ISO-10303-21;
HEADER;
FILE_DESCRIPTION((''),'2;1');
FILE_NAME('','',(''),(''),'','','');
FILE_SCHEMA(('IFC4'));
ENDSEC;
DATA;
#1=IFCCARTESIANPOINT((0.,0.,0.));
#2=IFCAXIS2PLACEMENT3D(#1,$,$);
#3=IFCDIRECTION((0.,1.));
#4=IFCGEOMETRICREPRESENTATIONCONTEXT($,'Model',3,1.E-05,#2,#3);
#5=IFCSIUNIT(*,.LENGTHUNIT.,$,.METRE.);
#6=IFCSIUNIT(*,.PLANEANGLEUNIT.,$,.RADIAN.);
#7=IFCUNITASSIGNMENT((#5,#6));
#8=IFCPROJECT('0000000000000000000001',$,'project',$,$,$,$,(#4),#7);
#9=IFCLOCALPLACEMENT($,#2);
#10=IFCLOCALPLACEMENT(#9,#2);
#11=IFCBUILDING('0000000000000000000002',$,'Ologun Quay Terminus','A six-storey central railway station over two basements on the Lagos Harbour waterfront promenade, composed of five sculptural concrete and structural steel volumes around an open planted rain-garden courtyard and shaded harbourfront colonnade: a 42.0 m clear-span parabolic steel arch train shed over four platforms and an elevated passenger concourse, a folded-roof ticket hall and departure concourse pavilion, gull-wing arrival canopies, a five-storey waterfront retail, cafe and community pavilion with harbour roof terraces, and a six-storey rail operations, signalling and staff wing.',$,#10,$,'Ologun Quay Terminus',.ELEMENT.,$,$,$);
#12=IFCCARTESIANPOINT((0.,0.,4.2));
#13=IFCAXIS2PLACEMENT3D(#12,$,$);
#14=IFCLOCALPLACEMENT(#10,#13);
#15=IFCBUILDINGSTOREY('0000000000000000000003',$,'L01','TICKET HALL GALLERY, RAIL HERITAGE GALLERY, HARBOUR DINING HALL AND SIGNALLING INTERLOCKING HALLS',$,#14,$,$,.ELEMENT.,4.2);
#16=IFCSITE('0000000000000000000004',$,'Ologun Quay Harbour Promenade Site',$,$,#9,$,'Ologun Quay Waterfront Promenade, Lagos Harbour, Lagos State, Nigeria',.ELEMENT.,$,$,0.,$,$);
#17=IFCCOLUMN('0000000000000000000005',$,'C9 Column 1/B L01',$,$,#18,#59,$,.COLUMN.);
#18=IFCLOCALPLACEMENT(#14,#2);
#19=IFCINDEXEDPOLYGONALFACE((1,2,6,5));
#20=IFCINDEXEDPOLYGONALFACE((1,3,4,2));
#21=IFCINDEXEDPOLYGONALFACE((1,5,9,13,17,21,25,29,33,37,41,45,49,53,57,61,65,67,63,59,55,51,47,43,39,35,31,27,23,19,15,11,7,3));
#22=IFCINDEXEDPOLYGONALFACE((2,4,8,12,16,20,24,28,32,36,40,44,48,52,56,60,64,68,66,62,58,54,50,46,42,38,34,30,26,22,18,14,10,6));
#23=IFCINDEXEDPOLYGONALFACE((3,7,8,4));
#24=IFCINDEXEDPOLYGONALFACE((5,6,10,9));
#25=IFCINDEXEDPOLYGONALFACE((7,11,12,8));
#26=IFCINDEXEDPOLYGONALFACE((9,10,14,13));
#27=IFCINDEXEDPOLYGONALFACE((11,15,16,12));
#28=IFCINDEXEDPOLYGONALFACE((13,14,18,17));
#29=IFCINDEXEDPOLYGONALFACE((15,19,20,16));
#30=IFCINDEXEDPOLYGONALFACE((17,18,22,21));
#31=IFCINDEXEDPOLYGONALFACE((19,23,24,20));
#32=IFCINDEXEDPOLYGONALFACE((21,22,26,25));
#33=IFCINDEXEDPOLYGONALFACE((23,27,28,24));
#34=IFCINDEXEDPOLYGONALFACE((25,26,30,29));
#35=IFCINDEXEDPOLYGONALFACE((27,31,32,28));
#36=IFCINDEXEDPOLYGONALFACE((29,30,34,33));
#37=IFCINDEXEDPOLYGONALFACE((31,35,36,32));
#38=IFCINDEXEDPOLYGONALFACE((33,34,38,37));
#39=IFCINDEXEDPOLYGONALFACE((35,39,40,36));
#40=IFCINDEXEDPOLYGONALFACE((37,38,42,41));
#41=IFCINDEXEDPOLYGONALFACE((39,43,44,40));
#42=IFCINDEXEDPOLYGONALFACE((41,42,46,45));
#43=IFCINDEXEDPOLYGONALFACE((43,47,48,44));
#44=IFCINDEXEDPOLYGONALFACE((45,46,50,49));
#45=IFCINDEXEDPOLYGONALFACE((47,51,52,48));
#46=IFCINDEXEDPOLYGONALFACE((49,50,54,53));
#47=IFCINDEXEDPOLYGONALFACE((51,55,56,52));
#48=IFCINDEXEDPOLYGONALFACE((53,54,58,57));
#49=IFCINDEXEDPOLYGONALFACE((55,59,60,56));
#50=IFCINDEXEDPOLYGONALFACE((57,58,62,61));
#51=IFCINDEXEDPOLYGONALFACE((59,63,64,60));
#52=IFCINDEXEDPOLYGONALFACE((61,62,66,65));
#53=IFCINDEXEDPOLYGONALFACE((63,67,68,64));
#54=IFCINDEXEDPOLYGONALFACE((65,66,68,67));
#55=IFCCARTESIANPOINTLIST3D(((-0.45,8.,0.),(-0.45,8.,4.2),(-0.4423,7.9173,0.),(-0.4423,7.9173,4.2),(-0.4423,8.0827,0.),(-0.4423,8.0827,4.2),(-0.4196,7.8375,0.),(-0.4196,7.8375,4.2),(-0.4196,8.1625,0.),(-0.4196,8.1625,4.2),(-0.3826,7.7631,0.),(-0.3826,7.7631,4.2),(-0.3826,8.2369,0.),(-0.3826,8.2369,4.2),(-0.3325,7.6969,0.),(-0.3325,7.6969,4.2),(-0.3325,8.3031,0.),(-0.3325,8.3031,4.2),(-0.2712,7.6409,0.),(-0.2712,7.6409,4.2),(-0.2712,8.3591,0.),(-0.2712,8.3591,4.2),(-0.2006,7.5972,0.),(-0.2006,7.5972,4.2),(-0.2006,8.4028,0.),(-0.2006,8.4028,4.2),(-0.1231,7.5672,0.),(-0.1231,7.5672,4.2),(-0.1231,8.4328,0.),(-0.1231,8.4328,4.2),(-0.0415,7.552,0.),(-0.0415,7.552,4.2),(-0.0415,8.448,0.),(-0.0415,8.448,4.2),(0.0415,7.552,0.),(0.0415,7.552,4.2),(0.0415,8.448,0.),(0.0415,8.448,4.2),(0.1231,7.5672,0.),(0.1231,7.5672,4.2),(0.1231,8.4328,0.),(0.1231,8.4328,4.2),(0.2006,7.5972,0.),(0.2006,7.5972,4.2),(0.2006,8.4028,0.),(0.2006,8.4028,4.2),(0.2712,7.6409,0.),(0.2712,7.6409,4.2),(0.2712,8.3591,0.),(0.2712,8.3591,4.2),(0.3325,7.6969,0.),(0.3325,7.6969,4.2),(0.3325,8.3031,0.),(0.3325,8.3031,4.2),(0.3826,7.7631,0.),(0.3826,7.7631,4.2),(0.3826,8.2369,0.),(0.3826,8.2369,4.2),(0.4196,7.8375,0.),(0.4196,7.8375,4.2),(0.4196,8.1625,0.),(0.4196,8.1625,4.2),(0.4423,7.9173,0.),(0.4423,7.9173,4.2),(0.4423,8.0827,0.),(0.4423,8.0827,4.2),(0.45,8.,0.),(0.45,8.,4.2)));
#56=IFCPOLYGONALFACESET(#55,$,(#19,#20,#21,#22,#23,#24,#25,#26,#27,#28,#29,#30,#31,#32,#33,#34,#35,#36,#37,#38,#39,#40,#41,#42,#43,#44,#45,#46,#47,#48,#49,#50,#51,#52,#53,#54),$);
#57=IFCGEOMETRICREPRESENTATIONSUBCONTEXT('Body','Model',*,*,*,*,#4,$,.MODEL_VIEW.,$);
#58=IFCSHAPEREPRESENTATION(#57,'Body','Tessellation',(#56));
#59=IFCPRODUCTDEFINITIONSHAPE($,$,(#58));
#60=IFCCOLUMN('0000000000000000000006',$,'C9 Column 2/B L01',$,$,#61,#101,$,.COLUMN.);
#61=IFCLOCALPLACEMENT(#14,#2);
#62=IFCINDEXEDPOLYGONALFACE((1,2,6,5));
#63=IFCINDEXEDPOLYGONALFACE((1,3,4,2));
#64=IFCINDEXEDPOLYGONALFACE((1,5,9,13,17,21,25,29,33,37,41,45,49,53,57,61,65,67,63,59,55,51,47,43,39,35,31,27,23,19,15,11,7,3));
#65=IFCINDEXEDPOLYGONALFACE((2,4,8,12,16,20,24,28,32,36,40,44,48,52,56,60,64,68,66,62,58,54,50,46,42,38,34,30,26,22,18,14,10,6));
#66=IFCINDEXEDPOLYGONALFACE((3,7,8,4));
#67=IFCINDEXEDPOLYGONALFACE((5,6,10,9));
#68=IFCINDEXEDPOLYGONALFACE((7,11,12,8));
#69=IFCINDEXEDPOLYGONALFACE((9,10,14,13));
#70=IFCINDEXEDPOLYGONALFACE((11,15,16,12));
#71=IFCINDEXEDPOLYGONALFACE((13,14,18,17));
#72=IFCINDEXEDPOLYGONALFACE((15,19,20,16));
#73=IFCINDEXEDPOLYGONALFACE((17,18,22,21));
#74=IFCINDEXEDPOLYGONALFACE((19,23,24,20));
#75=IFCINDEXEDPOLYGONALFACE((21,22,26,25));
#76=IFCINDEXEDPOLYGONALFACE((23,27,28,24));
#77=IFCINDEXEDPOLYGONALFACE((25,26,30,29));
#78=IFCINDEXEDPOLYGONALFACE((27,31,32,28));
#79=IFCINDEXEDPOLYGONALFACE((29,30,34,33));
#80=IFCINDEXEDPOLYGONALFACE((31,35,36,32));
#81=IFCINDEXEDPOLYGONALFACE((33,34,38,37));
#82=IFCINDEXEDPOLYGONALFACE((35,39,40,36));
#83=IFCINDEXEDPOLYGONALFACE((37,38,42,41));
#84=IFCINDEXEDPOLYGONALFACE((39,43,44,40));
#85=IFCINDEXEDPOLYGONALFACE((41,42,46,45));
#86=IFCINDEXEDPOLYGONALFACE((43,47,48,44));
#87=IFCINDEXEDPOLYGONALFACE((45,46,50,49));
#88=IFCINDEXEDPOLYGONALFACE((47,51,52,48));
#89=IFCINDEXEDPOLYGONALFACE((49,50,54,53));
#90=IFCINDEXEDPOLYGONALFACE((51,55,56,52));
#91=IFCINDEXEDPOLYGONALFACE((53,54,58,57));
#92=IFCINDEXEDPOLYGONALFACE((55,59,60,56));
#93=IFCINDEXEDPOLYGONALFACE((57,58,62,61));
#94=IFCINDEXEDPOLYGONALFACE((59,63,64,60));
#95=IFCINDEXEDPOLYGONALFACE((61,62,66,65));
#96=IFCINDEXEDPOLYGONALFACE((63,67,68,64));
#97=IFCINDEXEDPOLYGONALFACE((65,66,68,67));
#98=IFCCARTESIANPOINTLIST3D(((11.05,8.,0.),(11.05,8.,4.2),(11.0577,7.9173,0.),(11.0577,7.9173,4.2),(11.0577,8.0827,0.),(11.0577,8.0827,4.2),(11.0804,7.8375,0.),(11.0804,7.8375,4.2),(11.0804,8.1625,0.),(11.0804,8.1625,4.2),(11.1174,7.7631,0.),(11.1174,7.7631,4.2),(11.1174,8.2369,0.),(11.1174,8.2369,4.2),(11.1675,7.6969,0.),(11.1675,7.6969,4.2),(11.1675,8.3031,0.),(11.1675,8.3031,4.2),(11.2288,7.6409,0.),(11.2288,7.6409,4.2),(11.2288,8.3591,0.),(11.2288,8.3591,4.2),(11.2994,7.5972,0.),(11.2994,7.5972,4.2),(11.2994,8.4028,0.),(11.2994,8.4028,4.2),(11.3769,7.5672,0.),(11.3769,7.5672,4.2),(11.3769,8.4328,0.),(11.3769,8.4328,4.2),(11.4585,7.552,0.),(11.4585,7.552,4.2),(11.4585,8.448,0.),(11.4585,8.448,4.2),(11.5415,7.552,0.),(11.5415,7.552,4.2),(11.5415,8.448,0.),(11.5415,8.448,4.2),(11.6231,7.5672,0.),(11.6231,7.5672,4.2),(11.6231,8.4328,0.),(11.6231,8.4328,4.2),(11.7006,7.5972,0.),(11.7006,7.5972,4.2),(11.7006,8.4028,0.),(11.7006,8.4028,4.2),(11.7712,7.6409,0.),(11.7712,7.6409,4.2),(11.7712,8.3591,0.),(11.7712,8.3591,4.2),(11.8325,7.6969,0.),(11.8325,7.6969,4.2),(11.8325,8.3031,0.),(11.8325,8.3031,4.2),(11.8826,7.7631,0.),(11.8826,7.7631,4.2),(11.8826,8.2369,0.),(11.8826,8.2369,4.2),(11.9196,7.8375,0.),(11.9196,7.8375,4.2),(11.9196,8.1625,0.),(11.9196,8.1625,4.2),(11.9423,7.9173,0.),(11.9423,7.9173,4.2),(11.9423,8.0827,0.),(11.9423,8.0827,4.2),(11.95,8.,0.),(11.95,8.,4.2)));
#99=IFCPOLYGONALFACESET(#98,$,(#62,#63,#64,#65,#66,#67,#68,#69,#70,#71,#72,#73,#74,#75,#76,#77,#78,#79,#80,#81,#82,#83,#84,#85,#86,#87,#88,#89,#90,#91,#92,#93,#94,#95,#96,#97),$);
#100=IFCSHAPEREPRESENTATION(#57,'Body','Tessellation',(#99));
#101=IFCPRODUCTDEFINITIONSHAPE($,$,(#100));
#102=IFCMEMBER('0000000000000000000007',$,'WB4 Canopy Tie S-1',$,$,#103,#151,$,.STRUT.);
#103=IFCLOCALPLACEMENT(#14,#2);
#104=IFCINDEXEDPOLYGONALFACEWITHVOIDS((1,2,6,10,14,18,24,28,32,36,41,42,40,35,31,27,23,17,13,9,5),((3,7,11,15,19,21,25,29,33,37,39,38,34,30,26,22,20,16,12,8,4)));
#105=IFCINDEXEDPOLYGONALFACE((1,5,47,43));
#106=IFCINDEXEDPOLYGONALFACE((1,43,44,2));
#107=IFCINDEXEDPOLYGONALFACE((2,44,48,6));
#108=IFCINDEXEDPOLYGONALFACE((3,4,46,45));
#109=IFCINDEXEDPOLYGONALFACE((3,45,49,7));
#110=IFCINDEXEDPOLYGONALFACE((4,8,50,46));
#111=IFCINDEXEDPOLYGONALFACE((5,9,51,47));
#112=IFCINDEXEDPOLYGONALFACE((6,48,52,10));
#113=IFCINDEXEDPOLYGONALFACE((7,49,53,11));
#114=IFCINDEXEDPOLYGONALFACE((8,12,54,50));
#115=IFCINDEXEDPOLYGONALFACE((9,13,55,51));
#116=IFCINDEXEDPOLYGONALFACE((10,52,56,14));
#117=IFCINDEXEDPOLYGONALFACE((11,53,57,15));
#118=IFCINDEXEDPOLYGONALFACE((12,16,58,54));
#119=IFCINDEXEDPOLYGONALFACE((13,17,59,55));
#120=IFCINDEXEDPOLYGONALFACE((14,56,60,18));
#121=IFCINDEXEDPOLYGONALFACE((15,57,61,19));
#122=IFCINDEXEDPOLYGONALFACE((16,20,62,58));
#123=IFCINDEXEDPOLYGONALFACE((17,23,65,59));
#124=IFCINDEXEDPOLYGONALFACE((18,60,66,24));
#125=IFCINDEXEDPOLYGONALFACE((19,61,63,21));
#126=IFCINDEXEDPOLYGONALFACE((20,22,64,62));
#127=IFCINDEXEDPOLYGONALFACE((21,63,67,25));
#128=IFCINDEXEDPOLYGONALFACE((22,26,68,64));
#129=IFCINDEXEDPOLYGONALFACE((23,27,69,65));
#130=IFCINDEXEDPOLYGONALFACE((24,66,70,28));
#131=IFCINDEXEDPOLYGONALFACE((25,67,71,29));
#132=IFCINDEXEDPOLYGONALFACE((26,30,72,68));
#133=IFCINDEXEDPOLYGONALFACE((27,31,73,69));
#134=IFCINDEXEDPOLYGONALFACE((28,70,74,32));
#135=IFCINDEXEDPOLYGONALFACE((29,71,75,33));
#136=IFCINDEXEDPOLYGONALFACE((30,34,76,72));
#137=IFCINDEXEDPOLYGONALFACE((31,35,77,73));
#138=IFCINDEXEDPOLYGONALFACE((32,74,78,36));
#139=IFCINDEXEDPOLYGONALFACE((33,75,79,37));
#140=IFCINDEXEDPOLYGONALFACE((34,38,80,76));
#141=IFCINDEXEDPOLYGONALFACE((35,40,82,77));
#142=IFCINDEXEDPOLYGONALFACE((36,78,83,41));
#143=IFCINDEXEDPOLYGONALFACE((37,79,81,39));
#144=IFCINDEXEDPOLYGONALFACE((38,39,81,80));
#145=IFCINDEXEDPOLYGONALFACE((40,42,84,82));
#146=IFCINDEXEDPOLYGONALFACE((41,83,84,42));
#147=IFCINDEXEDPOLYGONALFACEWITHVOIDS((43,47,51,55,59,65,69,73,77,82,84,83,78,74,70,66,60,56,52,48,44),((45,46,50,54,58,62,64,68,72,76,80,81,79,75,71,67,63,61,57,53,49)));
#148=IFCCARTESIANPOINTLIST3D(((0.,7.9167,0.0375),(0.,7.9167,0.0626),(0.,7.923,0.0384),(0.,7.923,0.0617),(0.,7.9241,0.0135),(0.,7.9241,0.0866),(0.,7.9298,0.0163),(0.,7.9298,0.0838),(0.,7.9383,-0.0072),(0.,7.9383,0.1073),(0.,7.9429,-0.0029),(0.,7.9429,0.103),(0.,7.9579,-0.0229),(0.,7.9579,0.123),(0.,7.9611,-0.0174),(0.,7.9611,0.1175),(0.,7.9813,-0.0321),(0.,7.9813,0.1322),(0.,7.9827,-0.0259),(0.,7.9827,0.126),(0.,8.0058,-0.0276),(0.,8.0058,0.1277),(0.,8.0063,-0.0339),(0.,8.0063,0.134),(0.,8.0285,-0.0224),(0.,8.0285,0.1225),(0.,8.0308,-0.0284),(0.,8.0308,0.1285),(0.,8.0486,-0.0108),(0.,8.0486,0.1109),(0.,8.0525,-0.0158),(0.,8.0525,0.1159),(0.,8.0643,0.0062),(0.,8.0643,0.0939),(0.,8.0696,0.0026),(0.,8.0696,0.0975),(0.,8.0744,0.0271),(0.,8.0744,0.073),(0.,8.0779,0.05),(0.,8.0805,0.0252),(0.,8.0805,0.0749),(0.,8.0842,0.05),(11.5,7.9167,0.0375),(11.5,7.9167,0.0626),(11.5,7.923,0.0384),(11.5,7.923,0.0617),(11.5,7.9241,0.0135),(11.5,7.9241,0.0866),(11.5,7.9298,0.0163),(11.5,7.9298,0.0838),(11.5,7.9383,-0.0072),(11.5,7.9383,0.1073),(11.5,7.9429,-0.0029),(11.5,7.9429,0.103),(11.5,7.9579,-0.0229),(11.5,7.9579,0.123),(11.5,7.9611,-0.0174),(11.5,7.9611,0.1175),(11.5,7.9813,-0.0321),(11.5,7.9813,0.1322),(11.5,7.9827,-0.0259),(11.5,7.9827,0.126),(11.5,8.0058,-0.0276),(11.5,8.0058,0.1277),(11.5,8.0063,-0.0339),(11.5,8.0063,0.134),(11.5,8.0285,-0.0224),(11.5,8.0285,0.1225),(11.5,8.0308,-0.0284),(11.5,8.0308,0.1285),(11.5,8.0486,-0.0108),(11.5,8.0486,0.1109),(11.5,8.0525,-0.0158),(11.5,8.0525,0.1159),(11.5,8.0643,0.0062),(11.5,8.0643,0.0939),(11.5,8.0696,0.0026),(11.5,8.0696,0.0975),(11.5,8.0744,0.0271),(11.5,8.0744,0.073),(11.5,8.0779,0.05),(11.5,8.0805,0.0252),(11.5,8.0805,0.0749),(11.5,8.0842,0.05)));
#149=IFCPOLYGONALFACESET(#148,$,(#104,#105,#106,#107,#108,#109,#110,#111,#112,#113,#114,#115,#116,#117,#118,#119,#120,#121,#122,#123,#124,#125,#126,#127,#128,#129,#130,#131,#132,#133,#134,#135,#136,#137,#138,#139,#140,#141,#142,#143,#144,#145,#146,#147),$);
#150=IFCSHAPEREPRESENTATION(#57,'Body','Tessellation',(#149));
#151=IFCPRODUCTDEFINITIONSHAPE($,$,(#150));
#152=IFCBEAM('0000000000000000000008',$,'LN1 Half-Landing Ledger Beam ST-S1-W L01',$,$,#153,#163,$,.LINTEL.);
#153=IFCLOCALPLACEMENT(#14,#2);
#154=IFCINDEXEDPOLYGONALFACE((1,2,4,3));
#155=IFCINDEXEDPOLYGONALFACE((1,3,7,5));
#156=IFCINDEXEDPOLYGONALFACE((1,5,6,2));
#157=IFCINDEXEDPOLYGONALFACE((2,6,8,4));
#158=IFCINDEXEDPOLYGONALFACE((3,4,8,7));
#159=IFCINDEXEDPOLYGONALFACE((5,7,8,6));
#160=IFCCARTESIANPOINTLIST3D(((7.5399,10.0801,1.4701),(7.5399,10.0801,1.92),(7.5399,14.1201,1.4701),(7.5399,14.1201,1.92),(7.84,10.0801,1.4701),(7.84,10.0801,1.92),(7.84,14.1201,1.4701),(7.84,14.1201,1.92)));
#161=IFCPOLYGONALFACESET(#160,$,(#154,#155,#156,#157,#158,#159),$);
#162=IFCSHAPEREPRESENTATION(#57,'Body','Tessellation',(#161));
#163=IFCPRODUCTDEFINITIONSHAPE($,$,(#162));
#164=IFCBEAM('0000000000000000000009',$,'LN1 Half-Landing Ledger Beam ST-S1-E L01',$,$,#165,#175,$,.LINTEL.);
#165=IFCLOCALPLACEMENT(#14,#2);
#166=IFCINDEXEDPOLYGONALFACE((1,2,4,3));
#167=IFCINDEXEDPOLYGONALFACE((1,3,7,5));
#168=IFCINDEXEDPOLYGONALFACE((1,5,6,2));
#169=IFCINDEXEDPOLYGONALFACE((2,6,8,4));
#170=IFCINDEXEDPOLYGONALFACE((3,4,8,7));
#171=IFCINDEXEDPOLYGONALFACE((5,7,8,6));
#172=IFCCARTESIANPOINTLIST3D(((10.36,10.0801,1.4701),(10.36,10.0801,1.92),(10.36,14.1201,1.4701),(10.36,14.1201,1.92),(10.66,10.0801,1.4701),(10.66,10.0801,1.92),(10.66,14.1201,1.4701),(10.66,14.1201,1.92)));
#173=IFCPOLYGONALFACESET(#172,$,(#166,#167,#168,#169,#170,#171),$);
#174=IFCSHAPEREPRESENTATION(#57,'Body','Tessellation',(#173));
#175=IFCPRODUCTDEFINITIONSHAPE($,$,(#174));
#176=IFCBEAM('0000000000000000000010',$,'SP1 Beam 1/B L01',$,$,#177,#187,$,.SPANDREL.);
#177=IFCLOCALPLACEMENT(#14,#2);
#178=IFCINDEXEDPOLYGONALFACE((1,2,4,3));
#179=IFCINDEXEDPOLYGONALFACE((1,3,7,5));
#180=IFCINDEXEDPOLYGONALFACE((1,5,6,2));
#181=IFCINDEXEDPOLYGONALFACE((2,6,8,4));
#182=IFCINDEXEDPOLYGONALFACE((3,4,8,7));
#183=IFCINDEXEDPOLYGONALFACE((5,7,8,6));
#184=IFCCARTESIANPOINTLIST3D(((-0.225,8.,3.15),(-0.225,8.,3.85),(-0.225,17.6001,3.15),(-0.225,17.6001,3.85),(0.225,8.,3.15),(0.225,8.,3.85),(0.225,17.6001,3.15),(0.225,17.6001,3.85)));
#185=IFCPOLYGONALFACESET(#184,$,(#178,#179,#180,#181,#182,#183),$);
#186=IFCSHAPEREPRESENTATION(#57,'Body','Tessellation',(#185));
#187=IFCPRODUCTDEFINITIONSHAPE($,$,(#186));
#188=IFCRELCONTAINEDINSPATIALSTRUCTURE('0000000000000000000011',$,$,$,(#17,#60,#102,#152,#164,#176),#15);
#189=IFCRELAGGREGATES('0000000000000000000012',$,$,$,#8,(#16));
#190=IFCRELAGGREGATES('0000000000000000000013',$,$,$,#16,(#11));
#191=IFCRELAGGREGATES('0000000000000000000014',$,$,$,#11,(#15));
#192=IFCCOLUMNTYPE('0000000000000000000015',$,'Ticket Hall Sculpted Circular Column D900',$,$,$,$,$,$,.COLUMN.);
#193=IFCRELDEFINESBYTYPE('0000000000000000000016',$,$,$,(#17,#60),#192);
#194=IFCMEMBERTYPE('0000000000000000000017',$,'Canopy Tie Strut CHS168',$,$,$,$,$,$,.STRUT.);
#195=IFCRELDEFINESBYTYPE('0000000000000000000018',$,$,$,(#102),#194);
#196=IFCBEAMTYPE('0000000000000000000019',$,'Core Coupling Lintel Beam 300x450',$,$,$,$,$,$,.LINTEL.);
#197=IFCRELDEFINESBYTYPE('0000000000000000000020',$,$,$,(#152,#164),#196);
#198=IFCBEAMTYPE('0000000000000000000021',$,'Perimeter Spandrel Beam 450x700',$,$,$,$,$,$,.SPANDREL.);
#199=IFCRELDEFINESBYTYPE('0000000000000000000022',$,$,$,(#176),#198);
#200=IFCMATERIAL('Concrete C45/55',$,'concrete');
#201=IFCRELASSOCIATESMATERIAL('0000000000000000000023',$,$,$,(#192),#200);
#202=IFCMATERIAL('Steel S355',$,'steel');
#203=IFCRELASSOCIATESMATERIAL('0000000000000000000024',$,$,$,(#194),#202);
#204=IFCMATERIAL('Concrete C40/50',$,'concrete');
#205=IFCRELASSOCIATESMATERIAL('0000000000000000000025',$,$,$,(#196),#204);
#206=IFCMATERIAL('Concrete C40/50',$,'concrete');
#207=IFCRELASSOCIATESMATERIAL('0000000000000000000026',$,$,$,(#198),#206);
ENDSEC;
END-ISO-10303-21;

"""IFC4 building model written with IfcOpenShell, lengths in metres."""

from ifc_helpers import new_model, si_unit, direction, frame, origin, origin_2d, place, context, subcontext, project, spatial, rectangle, circle, hollow_circle, extrude, material, material_profile, profile_set, type_object, element, save


model = new_model("IFC4")

# Units and contexts
model_context = context("Model", 3, precision=1e-05, world=origin(), true_north=direction((0.0, 1.0)))
body_context = subcontext(model_context, "Body", "Model", "MODEL_VIEW")
ifc_project = project(units=[si_unit("LENGTHUNIT", "METRE"), si_unit("PLANEANGLEUNIT", "RADIAN")], contexts=[model_context])

# Site, building, storey
site_placement = place(None, origin())
site = spatial("IfcSite", under=ifc_project, at=site_placement, Name="Ologun Quay Harbour Promenade Site", LongName="Ologun Quay Waterfront Promenade, Lagos Harbour, Lagos State, Nigeria", CompositionType="ELEMENT", RefElevation=0.0)
building_placement = place(site_placement, origin())
building = spatial("IfcBuilding", under=site, at=building_placement, Name="Ologun Quay Terminus", Description="A six-storey central railway station over two basements on the Lagos Harbour waterfront promenade, composed of five sculptural concrete and structural steel volumes around an open planted rain-garden courtyard and shaded harbourfront colonnade: a 42.0 m clear-span parabolic steel arch train shed over four platforms and an elevated passenger concourse, a folded-roof ticket hall and departure concourse pavilion, gull-wing arrival canopies, a five-storey waterfront retail, cafe and community pavilion with harbour roof terraces, and a six-storey rail operations, signalling and staff wing.", LongName="Ologun Quay Terminus", CompositionType="ELEMENT")
storey_placement = place(building_placement, frame((0.0, 0.0, 4.2)))
storey = spatial("IfcBuildingStorey", under=building, at=storey_placement, Name="L01", Description="TICKET HALL GALLERY, RAIL HERITAGE GALLERY, HARBOUR DINING HALL AND SIGNALLING INTERLOCKING HALLS", CompositionType="ELEMENT", Elevation=4.2)

# Columns
ifc_material_1 = material(Name="Concrete C45/55", Category="concrete")
ifc_material_profile_1 = material_profile(ifc_material_1, circle(Radius=0.45, at=origin_2d()), Name="RC D900")
ifc_profile_set_1 = profile_set([ifc_material_profile_1], Name="Concrete C45/55")
column_type = type_object("IfcColumnType", Name="Ticket Hall Sculpted Circular Column D900", PredefinedType="COLUMN", material=ifc_profile_set_1)
for number, where, z_axis, x_axis, name in (
    (1, (0.0, 8.0, 0.0), (0.0, 0.0, 1.0), (1.0, 0.0, 0.0), "C9 Column 1/B L01"),
    (2, (11.5, 8.0, 0.0), (0.0, 0.0, 1.0), (1.0, 0.0, 0.0), "C9 Column 2/B L01"),
):
    element("IfcColumn", number, at=place(storey_placement, frame(where, z_axis=z_axis, x_axis=x_axis)), inside=storey, type_object=column_type, Name=name, PredefinedType="COLUMN", context=body_context, shape_type="SweptSolid", body=[
        extrude(circle(Radius=0.45, at=origin_2d()), origin(), (0.0, 0.0, 1.0), 4.2),
    ])

# Member
ifc_material_2 = material(Name="Steel S355", Category="steel")
ifc_material_profile_2 = material_profile(ifc_material_2, hollow_circle(Radius=0.0842, WallThickness=0.0063, at=origin_2d()), Name="CHS 168.3x6.3")
ifc_profile_set_2 = profile_set([ifc_material_profile_2], Name="Steel S355")
member_type = type_object("IfcMemberType", Name="Canopy Tie Strut CHS168", PredefinedType="STRUT", material=ifc_profile_set_2)
member_placement = place(storey_placement, frame((0.0, 8.0, 0.05), z_axis=(1.0, 0.0, 0.0), x_axis=(0.0, 1.0, 0.0)))
element("IfcMember", 3, at=member_placement, inside=storey, type_object=member_type, Name="WB4 Canopy Tie S-1", PredefinedType="STRUT", context=body_context, shape_type="SweptSolid", body=[
    extrude(hollow_circle(Radius=0.0842, WallThickness=0.0063, at=origin_2d()), origin(), (0.0, 0.0, 1.0), 11.5),
])

# Beams
ifc_material_3 = material(Name="Concrete C40/50", Category="concrete")
ifc_material_profile_3 = material_profile(ifc_material_3, rectangle(XDim=0.3, YDim=0.45, at=origin_2d()), Name="RC 300x450")
ifc_profile_set_3 = profile_set([ifc_material_profile_3], Name="Concrete C40/50")
beam_type_1 = type_object("IfcBeamType", Name="Core Coupling Lintel Beam 300x450", PredefinedType="LINTEL", material=ifc_profile_set_3)
for number, where, z_axis, x_axis, name in (
    (4, (7.6899, 10.0801, 1.6951), (0.0, 1.0, 0.0), (-1.0, 0.0, 0.0), "LN1 Half-Landing Ledger Beam ST-S1-W L01"),
    (5, (10.51, 10.0801, 1.6951), (0.0, 1.0, 0.0), (-1.0, 0.0, 0.0), "LN1 Half-Landing Ledger Beam ST-S1-E L01"),
):
    element("IfcBeam", number, at=place(storey_placement, frame(where, z_axis=z_axis, x_axis=x_axis)), inside=storey, type_object=beam_type_1, Name=name, PredefinedType="LINTEL", context=body_context, shape_type="SweptSolid", body=[
        extrude(rectangle(XDim=0.3, YDim=0.45, at=origin_2d()), origin(), (0.0, 0.0, 1.0), 4.04),
    ])
ifc_material_4 = material(Name="Concrete C40/50", Category="concrete")
ifc_material_profile_4 = material_profile(ifc_material_4, rectangle(XDim=0.45, YDim=0.7, at=origin_2d()), Name="RC 450x700")
ifc_profile_set_4 = profile_set([ifc_material_profile_4], Name="Concrete C40/50")
beam_type_2 = type_object("IfcBeamType", Name="Perimeter Spandrel Beam 450x700", PredefinedType="SPANDREL", material=ifc_profile_set_4)
beam_1_placement = place(storey_placement, frame((0.0, 8.0, 3.5), z_axis=(0.0, 1.0, 0.0), x_axis=(-1.0, 0.0, 0.0)))
element("IfcBeam", 6, at=beam_1_placement, inside=storey, type_object=beam_type_2, Name="SP1 Beam 1/B L01", PredefinedType="SPANDREL", context=body_context, shape_type="SweptSolid", body=[
    extrude(rectangle(XDim=0.45, YDim=0.7, at=origin_2d()), origin(), (0.0, 0.0, 1.0), 9.6001),
])

save(model, "model.ifc")
